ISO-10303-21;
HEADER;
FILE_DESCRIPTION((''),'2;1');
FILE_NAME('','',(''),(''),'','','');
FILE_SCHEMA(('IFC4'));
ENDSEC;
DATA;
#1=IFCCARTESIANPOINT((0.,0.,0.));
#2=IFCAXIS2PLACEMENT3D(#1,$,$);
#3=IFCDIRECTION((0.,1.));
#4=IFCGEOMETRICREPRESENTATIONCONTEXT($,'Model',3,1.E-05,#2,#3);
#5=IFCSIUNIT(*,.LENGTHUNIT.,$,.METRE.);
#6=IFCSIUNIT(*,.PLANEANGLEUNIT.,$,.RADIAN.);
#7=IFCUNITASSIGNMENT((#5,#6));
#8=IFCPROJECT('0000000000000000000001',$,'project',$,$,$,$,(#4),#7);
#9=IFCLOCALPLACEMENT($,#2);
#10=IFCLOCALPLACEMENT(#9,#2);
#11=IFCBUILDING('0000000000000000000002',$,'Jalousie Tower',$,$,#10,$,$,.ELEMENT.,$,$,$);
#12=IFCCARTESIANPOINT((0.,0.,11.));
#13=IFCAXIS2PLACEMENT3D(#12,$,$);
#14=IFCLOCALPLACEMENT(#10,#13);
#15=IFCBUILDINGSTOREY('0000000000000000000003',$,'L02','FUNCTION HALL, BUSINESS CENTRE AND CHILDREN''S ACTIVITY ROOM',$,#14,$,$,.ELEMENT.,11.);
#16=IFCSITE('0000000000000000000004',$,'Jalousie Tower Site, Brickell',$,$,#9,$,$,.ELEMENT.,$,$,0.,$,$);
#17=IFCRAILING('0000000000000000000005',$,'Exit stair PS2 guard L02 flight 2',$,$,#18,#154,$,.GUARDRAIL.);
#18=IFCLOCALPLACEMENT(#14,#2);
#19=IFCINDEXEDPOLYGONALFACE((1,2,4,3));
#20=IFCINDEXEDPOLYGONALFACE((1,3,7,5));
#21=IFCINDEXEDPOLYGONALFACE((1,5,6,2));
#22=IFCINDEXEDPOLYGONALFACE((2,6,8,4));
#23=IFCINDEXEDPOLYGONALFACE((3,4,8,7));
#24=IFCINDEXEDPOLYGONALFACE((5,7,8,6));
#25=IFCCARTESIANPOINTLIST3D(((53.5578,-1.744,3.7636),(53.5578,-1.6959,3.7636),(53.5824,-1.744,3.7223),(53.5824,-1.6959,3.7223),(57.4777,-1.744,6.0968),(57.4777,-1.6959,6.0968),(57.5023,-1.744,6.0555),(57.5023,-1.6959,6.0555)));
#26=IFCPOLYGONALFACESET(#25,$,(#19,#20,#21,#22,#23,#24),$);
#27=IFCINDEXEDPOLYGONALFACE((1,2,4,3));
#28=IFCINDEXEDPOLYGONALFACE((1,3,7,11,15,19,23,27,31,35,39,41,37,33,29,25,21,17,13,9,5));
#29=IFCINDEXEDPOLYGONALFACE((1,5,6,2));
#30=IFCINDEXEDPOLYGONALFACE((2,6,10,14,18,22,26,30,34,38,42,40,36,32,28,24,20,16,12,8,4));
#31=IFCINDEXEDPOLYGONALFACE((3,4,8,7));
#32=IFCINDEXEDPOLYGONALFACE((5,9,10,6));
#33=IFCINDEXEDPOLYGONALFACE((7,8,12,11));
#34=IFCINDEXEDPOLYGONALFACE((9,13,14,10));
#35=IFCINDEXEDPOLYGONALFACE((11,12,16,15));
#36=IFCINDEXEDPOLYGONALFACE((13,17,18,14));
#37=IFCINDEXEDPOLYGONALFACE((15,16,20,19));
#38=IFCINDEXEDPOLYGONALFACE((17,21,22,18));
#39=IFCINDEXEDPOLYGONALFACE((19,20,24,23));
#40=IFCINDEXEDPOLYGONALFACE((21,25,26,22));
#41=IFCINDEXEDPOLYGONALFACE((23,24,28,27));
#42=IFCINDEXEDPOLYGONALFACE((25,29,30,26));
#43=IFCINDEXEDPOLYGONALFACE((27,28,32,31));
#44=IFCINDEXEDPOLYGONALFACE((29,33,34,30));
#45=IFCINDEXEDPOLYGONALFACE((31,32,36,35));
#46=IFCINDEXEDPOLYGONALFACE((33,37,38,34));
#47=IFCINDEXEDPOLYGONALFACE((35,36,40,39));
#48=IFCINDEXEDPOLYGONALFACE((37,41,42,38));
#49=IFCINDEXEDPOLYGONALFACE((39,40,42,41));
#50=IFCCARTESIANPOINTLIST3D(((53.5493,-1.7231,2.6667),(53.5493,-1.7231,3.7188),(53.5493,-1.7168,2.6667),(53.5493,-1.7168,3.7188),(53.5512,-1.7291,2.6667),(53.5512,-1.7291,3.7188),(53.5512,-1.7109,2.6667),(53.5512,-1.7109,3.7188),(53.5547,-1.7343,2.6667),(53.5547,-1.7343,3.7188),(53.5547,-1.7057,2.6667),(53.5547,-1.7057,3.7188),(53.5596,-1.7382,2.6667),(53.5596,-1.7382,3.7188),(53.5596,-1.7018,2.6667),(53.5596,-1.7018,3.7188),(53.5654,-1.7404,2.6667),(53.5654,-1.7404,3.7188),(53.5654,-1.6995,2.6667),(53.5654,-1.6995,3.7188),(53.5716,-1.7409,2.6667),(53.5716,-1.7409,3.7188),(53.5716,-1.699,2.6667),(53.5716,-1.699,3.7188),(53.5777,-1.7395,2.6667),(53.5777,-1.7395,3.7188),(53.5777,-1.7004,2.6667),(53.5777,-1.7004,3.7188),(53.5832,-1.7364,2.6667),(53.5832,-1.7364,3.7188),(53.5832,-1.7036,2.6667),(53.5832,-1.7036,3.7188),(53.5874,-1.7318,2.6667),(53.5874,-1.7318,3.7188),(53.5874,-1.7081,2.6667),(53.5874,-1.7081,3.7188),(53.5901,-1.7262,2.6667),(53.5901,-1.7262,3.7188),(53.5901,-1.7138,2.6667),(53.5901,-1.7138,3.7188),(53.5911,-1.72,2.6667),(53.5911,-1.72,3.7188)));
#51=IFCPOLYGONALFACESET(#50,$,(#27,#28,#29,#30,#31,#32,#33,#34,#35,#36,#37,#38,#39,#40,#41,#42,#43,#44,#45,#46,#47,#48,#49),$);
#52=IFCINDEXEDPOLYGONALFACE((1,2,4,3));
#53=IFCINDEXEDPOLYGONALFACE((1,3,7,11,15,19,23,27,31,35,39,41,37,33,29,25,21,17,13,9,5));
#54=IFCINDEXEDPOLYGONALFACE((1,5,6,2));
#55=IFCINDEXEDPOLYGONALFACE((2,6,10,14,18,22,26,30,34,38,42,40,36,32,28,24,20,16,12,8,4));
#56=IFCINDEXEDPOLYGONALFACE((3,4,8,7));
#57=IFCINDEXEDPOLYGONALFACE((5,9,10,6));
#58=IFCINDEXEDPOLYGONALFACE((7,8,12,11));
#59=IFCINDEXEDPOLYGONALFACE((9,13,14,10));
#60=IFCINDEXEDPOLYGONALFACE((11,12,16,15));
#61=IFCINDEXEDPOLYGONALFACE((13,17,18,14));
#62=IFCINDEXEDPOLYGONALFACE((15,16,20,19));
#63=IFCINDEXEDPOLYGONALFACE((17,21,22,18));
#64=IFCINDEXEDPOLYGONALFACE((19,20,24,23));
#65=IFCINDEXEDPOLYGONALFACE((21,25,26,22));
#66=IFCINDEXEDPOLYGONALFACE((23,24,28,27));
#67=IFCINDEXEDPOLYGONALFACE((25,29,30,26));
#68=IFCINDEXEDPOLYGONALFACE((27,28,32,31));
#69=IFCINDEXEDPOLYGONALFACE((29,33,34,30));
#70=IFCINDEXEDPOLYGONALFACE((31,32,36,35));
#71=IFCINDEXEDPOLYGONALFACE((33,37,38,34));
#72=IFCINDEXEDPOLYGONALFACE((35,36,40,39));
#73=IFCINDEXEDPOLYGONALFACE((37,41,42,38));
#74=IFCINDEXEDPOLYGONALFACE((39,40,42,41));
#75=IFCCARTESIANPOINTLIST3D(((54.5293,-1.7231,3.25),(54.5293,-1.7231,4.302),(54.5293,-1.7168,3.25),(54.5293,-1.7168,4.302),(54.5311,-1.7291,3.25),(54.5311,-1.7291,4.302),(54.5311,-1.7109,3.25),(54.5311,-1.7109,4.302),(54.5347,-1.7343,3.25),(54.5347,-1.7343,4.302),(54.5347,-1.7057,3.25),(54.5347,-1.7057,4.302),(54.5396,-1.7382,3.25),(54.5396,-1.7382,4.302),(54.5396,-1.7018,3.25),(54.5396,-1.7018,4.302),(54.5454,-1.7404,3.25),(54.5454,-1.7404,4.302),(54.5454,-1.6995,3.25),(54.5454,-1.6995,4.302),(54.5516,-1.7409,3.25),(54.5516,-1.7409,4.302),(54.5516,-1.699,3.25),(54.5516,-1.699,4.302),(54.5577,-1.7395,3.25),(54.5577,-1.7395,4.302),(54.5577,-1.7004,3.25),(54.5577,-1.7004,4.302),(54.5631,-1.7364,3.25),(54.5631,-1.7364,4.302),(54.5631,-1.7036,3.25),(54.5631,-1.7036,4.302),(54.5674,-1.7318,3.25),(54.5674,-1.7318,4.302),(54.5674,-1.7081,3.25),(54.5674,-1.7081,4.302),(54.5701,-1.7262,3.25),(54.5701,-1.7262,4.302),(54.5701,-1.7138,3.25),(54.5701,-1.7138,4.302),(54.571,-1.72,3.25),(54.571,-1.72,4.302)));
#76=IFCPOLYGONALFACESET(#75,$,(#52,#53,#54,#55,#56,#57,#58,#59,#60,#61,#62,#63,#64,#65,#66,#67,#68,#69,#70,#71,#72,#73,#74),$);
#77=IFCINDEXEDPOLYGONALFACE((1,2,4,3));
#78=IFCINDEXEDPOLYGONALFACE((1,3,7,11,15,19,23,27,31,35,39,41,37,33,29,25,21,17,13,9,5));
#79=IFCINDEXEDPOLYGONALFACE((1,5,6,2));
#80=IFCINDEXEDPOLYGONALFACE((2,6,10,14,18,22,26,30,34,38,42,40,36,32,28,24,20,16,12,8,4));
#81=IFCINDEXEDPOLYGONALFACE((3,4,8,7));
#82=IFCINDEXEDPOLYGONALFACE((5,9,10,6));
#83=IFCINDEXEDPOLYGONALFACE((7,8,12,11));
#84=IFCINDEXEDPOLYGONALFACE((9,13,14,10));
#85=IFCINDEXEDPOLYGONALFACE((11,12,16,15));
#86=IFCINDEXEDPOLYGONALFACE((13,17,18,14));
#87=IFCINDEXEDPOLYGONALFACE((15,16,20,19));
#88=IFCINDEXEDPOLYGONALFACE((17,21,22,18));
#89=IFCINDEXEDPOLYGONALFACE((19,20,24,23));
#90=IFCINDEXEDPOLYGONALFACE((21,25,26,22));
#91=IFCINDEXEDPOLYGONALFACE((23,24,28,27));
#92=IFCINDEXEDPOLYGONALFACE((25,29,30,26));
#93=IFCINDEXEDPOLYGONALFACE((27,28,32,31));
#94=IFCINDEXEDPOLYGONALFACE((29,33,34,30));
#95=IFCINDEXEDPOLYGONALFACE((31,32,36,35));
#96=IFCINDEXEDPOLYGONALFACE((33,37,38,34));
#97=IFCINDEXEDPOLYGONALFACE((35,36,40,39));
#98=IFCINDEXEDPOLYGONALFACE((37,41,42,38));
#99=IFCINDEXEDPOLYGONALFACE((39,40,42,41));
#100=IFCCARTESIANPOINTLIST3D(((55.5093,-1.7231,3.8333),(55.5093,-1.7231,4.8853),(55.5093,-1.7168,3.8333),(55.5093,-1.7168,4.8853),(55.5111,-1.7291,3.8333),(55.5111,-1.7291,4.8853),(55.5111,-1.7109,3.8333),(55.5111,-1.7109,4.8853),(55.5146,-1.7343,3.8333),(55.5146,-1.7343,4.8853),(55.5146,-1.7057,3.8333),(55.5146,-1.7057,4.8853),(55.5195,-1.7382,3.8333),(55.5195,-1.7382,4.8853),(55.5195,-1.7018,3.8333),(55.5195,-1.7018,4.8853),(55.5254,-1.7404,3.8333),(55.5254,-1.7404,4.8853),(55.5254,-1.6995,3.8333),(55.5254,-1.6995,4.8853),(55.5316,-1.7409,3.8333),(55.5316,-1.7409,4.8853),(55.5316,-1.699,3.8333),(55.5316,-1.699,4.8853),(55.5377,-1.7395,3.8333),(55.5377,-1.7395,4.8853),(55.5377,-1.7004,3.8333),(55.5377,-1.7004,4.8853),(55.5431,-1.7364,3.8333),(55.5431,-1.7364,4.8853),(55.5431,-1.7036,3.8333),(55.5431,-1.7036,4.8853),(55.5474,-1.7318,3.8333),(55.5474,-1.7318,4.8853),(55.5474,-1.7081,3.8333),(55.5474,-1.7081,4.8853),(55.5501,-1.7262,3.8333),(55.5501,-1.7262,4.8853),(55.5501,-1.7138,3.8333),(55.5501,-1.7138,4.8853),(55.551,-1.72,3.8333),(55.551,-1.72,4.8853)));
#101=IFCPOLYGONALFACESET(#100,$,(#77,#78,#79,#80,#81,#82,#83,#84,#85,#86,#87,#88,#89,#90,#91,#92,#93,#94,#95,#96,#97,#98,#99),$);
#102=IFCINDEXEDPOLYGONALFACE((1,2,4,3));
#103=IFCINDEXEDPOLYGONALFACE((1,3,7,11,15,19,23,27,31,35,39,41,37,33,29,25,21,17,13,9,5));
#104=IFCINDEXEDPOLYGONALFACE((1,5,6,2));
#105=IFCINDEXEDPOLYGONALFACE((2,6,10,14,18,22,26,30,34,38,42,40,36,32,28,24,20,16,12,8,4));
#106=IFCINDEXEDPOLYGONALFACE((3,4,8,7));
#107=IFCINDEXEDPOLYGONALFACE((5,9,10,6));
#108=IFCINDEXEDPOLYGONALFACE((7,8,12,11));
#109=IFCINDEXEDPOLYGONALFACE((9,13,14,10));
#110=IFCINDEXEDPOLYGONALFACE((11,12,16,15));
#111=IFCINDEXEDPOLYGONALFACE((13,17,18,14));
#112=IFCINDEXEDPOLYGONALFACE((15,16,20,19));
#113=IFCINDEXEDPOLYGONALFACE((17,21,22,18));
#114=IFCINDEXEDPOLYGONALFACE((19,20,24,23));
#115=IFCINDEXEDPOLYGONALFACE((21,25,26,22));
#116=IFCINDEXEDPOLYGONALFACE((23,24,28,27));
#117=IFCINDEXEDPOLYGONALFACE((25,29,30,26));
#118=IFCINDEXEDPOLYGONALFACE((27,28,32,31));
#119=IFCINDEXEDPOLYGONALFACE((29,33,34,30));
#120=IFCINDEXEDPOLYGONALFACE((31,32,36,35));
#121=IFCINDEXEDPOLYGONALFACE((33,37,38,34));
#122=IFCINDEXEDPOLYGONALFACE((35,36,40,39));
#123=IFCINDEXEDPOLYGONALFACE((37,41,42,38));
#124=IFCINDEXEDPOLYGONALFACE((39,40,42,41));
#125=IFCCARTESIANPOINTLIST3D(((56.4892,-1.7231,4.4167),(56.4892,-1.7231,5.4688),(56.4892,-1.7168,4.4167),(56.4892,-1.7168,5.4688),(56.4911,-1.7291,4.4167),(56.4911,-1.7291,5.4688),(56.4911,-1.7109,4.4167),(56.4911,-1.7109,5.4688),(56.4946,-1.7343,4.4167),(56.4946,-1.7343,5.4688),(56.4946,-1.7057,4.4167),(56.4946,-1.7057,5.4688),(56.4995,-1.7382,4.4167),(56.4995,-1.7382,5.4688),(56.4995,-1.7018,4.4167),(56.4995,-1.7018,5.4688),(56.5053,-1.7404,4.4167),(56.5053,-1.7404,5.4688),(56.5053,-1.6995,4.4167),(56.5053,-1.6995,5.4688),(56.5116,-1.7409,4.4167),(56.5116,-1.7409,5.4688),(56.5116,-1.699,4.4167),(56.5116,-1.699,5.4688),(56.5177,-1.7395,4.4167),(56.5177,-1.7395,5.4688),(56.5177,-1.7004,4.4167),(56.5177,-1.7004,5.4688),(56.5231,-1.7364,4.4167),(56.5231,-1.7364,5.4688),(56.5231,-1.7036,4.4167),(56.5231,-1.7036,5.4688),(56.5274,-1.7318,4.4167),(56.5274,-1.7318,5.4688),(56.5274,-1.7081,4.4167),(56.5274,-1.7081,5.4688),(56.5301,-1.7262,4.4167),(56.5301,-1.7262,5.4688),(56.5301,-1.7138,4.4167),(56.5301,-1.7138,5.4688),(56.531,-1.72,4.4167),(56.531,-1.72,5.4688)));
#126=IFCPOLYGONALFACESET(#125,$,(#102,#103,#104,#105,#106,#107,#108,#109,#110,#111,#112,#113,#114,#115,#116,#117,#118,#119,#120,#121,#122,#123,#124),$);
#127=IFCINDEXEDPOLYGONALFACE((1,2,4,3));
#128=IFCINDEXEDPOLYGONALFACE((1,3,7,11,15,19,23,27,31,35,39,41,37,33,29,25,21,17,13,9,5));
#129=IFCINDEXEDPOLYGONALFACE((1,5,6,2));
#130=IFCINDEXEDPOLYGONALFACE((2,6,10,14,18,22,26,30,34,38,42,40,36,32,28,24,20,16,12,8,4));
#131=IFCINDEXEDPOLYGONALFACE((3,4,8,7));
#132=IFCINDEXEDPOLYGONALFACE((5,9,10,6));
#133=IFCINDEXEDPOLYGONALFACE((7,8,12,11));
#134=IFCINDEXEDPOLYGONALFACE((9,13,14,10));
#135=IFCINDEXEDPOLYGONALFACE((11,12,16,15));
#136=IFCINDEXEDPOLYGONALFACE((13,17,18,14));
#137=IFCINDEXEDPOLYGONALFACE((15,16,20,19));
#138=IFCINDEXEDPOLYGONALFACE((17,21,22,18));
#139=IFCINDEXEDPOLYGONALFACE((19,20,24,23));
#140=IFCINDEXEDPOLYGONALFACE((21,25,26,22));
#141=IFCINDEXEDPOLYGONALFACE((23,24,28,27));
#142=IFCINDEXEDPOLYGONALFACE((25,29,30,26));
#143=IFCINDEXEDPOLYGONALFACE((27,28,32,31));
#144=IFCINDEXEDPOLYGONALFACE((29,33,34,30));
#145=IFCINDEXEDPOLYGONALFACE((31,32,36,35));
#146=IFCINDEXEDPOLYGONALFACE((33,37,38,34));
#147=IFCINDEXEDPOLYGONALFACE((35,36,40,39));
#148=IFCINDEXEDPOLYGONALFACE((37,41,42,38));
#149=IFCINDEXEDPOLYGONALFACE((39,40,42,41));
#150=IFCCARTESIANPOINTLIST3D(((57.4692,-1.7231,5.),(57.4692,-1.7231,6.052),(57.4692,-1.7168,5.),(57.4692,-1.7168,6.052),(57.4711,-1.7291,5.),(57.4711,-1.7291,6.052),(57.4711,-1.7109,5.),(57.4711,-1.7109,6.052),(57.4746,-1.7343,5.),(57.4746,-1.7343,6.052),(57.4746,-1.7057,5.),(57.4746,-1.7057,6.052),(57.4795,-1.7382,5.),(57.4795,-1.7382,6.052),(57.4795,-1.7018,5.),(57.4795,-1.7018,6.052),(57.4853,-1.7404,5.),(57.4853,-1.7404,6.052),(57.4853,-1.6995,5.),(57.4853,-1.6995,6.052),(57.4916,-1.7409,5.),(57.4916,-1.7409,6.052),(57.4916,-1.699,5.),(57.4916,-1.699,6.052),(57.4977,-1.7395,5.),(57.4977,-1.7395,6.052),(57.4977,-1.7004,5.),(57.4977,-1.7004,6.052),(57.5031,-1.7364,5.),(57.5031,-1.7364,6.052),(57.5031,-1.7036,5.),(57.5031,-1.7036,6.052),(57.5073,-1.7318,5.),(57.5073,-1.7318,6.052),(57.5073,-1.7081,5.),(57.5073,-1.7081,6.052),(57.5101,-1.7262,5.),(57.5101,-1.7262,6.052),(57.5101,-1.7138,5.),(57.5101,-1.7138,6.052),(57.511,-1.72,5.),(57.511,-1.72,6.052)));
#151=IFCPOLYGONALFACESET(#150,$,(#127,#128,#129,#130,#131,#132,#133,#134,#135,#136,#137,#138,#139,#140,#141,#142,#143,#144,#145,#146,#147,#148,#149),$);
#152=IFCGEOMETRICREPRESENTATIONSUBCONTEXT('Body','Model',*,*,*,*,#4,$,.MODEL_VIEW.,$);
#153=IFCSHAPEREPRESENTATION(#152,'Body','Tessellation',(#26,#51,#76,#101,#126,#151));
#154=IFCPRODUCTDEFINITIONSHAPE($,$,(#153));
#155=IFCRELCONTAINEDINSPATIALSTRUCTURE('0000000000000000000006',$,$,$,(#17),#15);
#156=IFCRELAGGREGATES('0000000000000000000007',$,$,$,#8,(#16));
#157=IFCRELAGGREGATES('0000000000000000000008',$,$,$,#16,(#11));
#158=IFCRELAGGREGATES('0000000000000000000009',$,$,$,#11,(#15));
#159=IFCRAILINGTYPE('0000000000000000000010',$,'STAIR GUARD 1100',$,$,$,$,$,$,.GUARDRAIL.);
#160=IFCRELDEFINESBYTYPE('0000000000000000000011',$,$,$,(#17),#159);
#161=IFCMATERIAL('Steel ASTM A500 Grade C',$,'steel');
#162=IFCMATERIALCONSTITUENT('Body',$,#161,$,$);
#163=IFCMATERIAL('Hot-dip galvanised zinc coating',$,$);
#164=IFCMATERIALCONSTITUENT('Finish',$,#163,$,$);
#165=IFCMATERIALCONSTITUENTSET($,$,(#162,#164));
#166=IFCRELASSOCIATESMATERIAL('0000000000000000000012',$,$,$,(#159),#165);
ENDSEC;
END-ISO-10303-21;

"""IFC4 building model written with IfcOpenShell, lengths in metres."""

from ifc_helpers import new_model, si_unit, direction, frame, origin, origin_2d, place, context, subcontext, project, spatial, rectangle, circle, extrude, material, constituent, constituent_set, type_object, element, save


model = new_model("IFC4")

# Units and contexts
model_context = context("Model", 3, precision=1e-05, world=origin(), true_north=direction((0.0, 1.0)))
body_context = subcontext(model_context, "Body", "Model", "MODEL_VIEW")
ifc_project = project(units=[si_unit("LENGTHUNIT", "METRE"), si_unit("PLANEANGLEUNIT", "RADIAN")], contexts=[model_context])

# Site, building, storey
site_placement = place(None, origin())
site = spatial("IfcSite", under=ifc_project, at=site_placement, Name="Jalousie Tower Site, Brickell", CompositionType="ELEMENT", RefElevation=0.0)
building_placement = place(site_placement, origin())
building = spatial("IfcBuilding", under=site, at=building_placement, Name="Jalousie Tower", CompositionType="ELEMENT")
storey_placement = place(building_placement, frame((0.0, 0.0, 11.0)))
storey = spatial("IfcBuildingStorey", under=building, at=storey_placement, Name="L02", Description="FUNCTION HALL, BUSINESS CENTRE AND CHILDREN'S ACTIVITY ROOM", CompositionType="ELEMENT", Elevation=11.0)

# Railing
ifc_material_1 = material(Name="Steel ASTM A500 Grade C", Category="steel")
ifc_constituent_1 = constituent(ifc_material_1, Name="Body")
ifc_material_2 = material(Name="Hot-dip galvanised zinc coating")
ifc_constituent_2 = constituent(ifc_material_2, Name="Finish")
ifc_constituent_set_1 = constituent_set(constituents=[ifc_constituent_1, ifc_constituent_2])
railing_type_1 = type_object("IfcRailingType", Name="STAIR GUARD 1100", PredefinedType="GUARDRAIL", material=ifc_constituent_set_1)
railing_1_placement = place(storey_placement, frame((53.5701, -1.72, 2.6667)))
element("IfcRailing", 1, at=railing_1_placement, inside=storey, type_object=railing_type_1, Name="Exit stair PS2 guard L02 flight 2", PredefinedType="GUARDRAIL", context=body_context, shape_type="SweptSolid", body=[
    extrude(rectangle(XDim=0.0481, YDim=0.0481, at=origin_2d()), frame((0.0, 0.0, 1.0762), z_axis=(0.859296, 0.0, 0.511478), x_axis=(0.0, 1.0, 0.0)), (0.0, 0.0, 1.0), 4.5618),
    extrude(circle(Radius=0.021, at=origin_2d()), origin(), (0.0, 0.0, 1.0), 1.052),
    extrude(circle(Radius=0.021, at=origin_2d()), frame((0.98, 0.0, 0.5833)), (0.0, 0.0, 1.0), 1.052),
    extrude(circle(Radius=0.021, at=origin_2d()), frame((1.96, 0.0, 1.1665)), (0.0, 0.0, 1.0), 1.052),
    extrude(circle(Radius=0.021, at=origin_2d()), frame((2.9399, 0.0, 1.75)), (0.0, 0.0, 1.0), 1.052),
    extrude(circle(Radius=0.021, at=origin_2d()), frame((3.9199, 0.0, 2.3333)), (0.0, 0.0, 1.0), 1.052),
])

save(model, "model.ifc")
